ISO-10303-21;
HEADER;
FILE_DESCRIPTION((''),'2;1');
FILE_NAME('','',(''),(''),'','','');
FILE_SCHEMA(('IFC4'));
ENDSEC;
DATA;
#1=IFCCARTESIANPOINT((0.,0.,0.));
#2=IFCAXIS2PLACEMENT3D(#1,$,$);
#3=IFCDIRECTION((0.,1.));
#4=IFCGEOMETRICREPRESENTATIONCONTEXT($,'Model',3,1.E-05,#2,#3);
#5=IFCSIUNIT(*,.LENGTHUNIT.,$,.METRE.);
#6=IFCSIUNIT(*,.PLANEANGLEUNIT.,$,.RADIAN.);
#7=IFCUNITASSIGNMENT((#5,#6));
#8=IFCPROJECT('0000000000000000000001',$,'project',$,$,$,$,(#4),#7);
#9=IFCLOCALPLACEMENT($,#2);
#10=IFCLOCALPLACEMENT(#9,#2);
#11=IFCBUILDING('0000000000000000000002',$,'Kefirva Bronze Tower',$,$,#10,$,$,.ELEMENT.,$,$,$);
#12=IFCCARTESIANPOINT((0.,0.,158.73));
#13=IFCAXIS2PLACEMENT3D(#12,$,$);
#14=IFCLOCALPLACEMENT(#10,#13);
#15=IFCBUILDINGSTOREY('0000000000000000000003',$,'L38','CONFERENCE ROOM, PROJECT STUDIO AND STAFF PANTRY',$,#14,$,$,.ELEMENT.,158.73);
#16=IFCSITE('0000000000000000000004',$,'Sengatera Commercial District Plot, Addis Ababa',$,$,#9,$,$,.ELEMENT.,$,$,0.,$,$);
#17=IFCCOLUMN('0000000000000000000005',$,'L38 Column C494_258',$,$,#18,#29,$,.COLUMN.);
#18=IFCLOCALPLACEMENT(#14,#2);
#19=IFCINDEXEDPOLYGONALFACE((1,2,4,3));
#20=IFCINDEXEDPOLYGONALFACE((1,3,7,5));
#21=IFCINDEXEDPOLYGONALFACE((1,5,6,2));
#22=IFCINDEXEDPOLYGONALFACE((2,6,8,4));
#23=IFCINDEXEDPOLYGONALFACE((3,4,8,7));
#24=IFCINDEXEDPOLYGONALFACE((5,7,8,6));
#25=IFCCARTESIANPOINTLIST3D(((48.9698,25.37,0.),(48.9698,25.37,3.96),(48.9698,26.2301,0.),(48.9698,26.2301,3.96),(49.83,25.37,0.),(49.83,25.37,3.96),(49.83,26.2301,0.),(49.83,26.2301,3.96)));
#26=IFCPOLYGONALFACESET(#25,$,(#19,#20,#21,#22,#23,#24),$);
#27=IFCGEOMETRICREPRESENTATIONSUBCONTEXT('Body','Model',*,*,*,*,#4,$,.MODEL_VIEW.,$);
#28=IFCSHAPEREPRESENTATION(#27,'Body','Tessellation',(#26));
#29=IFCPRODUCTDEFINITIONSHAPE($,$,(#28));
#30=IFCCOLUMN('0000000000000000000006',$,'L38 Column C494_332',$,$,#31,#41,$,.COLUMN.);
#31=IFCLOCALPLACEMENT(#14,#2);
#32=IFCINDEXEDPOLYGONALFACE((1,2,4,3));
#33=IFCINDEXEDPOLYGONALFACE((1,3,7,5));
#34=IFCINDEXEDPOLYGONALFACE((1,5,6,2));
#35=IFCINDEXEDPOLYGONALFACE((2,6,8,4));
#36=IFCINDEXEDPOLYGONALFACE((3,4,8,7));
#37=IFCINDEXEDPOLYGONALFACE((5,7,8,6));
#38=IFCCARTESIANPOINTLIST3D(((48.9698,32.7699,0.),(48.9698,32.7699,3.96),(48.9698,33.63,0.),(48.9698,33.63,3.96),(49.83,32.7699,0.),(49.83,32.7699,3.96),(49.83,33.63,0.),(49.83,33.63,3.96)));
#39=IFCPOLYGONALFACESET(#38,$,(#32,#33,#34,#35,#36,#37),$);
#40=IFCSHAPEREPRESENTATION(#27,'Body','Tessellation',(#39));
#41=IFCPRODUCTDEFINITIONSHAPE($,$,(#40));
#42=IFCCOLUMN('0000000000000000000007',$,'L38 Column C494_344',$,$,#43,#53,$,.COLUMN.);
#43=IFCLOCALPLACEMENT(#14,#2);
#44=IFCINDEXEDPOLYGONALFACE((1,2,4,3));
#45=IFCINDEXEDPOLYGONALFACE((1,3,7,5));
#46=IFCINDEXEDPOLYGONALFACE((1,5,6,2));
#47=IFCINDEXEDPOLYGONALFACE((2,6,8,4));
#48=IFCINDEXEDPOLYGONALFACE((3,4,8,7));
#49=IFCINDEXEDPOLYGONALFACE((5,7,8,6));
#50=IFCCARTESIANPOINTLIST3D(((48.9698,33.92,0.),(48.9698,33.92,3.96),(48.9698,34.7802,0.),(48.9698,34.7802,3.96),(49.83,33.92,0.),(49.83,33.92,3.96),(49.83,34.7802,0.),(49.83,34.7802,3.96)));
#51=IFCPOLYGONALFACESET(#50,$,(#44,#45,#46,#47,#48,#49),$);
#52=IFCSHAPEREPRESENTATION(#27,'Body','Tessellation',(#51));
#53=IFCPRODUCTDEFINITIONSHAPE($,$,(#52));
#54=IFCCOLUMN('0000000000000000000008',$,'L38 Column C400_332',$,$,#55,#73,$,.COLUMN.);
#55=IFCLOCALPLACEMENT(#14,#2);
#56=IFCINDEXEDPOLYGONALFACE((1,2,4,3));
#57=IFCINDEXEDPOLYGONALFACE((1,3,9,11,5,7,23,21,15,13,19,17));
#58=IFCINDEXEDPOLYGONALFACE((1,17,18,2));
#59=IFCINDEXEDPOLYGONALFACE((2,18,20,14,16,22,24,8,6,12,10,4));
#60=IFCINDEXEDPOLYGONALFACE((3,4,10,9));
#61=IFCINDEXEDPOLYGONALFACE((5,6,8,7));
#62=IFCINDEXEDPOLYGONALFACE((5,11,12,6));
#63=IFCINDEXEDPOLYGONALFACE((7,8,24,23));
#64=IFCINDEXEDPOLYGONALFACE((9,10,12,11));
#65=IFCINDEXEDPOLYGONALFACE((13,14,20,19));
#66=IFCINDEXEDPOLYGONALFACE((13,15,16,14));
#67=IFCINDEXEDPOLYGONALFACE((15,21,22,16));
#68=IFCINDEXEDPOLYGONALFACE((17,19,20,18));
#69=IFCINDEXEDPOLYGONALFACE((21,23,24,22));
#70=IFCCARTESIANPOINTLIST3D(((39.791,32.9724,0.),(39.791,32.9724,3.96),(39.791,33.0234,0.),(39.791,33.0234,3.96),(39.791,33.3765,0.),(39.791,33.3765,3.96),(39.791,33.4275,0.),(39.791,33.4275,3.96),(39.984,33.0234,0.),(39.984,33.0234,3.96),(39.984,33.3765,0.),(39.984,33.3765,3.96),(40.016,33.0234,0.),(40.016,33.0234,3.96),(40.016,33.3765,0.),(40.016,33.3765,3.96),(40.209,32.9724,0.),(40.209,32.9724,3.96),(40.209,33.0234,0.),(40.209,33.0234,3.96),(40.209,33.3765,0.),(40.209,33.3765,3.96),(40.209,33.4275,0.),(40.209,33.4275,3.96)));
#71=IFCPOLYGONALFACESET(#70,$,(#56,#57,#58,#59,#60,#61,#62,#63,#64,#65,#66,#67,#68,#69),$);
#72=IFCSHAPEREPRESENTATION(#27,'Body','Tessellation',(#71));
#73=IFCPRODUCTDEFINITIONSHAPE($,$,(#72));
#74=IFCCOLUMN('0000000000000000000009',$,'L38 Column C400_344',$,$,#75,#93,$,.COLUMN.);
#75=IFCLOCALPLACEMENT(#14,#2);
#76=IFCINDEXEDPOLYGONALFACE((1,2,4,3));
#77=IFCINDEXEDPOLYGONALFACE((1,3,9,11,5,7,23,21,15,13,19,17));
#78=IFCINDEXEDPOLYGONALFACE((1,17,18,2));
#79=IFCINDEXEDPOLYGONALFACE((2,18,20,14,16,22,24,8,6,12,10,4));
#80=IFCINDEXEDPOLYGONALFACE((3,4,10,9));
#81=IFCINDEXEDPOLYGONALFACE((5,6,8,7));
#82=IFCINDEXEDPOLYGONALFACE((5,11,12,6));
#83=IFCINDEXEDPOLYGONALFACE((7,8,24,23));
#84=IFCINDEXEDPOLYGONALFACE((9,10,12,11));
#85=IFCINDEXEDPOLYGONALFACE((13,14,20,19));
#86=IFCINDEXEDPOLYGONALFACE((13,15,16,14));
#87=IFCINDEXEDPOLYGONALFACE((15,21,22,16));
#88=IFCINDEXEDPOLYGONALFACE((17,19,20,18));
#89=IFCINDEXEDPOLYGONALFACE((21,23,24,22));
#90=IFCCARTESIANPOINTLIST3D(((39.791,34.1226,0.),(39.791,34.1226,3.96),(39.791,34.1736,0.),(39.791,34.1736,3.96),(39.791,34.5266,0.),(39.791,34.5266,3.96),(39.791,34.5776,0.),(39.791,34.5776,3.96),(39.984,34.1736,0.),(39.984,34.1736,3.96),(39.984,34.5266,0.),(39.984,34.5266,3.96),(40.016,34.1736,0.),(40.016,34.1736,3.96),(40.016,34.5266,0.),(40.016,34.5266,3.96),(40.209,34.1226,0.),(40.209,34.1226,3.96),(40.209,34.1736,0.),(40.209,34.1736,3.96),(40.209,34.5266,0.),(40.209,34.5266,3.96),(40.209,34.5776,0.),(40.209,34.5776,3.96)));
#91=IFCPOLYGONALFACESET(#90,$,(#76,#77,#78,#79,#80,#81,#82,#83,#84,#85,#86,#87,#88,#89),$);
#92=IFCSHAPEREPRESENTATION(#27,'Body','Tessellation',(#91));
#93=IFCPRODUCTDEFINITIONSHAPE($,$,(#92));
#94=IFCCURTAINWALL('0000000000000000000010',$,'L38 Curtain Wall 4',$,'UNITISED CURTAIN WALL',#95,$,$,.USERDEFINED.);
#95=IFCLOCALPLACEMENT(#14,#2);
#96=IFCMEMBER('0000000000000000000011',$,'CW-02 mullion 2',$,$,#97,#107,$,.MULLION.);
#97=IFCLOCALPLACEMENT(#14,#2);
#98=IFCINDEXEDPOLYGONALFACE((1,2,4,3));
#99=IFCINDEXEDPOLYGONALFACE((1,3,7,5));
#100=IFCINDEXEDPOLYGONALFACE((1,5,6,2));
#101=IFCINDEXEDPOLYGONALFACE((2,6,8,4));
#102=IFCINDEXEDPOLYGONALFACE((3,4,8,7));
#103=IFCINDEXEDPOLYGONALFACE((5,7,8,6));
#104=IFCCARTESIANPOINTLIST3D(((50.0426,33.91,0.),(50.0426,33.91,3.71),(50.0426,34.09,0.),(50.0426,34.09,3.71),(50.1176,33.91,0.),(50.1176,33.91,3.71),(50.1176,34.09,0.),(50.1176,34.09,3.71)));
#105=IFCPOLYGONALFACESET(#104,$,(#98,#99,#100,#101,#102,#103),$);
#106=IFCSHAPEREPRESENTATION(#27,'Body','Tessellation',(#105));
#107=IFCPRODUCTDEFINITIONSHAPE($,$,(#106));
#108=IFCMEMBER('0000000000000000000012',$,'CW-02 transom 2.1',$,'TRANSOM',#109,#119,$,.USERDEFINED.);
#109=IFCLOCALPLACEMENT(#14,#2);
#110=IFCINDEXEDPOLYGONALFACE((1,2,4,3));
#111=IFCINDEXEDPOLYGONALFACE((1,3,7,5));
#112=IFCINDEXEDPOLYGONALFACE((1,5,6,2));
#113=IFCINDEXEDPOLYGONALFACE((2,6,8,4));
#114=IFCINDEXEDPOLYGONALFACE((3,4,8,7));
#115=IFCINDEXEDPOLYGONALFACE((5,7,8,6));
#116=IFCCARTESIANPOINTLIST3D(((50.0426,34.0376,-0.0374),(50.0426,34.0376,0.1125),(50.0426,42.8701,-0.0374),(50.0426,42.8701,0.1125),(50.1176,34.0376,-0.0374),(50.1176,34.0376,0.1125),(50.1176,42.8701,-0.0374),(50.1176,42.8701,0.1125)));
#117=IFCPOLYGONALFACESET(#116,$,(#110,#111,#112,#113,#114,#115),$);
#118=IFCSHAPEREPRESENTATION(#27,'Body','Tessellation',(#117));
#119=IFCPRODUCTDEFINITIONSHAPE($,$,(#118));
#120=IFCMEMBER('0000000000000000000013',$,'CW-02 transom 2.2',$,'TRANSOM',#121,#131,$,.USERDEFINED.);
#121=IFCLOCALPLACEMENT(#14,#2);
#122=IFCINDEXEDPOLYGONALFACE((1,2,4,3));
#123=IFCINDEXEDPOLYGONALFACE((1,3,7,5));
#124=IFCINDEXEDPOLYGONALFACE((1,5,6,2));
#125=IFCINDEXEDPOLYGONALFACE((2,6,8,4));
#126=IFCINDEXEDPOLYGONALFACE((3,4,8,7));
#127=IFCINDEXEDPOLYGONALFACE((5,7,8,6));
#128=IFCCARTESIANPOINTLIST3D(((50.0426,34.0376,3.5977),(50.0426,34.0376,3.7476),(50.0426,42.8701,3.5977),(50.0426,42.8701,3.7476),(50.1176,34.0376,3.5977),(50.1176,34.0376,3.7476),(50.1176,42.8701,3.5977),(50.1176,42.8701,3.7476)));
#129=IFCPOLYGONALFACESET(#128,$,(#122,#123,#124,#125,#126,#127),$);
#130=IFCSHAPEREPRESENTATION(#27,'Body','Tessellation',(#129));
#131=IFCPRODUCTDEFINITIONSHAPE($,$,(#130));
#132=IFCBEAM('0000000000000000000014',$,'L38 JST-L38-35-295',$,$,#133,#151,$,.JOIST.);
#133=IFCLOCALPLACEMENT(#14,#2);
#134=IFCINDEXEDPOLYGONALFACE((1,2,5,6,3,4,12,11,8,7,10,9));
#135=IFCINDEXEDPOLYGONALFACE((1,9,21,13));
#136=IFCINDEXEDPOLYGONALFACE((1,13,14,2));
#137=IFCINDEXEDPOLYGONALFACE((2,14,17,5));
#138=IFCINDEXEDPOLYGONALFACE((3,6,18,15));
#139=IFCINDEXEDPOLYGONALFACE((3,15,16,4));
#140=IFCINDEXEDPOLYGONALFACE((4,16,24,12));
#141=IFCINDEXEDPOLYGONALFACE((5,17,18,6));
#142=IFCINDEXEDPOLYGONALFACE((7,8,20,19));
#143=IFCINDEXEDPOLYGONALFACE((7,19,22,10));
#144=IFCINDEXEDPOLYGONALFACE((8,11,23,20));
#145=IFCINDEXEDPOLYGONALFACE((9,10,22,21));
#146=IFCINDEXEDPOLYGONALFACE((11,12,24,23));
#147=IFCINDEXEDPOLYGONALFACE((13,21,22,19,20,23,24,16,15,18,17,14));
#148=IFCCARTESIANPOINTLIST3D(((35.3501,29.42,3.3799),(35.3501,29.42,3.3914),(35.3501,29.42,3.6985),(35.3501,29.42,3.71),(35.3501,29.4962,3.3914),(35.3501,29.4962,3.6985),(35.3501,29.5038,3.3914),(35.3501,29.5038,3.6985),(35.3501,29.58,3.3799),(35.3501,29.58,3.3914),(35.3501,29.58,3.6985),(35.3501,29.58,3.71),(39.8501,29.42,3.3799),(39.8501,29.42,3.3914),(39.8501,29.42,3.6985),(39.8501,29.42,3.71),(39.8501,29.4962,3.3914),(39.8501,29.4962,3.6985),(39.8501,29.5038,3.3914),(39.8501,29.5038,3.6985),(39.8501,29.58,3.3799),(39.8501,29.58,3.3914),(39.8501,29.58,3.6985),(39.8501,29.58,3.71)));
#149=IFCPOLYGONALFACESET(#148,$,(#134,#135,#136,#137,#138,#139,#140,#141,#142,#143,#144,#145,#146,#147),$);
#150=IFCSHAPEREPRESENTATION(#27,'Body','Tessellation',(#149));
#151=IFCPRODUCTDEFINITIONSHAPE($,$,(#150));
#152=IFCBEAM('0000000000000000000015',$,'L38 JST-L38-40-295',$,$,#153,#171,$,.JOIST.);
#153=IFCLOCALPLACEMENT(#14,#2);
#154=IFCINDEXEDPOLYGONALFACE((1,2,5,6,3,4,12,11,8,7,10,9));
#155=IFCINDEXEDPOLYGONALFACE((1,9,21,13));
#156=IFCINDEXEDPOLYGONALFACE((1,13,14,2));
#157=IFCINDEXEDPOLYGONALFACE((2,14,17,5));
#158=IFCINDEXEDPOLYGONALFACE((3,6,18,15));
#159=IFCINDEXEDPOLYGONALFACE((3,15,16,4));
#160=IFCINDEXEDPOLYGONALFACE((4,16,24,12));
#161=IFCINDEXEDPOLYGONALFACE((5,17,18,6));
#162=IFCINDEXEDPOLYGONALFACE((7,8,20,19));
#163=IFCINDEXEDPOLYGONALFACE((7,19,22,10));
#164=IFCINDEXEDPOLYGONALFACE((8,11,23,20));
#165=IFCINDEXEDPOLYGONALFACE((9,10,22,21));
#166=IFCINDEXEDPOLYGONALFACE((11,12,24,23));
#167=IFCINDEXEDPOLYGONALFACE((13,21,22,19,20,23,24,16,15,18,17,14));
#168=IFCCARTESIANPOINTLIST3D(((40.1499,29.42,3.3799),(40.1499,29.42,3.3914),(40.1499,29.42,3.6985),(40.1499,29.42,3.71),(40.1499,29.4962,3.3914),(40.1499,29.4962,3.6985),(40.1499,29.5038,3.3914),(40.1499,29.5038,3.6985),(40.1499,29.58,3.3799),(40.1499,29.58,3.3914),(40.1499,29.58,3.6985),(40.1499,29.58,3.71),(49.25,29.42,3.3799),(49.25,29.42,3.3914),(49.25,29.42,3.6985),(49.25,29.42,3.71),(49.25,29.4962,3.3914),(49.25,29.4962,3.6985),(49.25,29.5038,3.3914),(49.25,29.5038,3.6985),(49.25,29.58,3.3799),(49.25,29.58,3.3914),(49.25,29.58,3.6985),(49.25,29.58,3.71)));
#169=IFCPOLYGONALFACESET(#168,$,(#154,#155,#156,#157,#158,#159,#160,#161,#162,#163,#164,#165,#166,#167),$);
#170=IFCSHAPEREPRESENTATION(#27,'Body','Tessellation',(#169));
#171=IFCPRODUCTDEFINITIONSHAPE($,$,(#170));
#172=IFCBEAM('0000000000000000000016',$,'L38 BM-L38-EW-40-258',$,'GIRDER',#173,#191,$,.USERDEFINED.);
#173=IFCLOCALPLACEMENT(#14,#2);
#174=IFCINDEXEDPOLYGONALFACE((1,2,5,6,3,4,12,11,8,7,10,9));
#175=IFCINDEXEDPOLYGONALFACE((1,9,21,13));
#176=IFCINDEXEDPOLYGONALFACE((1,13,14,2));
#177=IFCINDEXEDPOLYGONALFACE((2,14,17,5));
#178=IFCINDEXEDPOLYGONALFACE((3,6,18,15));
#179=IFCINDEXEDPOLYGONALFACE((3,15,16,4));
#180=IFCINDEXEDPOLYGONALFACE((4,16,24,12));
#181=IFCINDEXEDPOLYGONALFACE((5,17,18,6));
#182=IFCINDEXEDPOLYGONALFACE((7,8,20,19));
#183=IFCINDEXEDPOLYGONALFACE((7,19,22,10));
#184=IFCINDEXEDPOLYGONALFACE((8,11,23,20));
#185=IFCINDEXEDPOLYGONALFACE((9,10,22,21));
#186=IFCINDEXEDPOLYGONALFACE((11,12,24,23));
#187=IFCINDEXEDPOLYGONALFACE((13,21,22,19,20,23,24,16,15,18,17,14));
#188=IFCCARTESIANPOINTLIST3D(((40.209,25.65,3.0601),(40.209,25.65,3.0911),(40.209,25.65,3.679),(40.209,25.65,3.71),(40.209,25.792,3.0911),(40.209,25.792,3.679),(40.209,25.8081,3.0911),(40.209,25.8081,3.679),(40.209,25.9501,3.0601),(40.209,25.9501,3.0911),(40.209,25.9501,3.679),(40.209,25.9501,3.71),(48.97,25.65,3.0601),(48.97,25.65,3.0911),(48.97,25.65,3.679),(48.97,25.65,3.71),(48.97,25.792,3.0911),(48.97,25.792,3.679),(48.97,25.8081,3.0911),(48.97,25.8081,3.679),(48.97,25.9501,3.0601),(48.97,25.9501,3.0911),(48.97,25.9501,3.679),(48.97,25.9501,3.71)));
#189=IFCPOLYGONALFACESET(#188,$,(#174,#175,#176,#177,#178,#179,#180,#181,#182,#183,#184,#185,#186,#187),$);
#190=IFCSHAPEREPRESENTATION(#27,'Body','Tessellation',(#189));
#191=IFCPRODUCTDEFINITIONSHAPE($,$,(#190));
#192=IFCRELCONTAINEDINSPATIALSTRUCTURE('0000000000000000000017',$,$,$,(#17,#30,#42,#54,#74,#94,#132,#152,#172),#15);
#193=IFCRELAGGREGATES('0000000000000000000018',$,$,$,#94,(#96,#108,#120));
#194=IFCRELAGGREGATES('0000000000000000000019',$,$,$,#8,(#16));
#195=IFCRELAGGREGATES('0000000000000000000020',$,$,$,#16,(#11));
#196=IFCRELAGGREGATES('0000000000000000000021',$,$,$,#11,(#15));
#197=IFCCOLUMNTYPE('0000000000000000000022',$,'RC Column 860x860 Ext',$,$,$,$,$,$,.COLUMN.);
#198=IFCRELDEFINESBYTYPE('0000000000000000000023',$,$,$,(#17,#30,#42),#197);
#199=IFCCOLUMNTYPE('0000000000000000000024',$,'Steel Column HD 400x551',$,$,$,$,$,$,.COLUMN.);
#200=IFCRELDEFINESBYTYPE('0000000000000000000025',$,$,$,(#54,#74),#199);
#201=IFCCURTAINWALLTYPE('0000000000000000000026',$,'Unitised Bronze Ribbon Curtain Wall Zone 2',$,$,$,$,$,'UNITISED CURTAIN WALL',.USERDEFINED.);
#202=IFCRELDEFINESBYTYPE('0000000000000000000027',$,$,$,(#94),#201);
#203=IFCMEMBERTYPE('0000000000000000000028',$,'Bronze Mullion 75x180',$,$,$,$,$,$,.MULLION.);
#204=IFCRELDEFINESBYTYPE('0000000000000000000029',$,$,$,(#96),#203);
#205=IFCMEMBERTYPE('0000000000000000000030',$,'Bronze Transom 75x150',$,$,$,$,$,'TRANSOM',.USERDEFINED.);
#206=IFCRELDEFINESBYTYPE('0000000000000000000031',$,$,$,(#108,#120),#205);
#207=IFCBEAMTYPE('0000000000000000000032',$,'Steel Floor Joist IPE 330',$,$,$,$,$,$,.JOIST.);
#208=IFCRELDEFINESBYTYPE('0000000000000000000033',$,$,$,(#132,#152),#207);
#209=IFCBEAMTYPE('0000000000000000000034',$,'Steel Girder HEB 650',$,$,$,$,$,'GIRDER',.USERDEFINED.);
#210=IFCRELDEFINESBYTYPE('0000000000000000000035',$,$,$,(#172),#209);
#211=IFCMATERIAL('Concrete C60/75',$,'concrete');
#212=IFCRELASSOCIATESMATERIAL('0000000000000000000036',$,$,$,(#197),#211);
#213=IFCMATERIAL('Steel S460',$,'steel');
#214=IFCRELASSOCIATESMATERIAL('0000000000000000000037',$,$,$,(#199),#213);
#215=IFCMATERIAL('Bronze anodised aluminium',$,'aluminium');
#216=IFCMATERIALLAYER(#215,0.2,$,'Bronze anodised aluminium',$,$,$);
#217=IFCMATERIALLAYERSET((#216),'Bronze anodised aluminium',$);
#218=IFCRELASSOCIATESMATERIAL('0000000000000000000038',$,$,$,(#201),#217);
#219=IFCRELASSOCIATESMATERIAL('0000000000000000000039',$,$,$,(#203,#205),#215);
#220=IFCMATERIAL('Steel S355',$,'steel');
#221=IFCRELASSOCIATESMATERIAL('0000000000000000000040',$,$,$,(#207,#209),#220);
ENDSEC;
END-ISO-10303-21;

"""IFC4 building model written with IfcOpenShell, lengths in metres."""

from ifc_helpers import new_model, si_unit, direction, frame, origin, origin_2d, place, context, subcontext, project, spatial, rectangle, i_section, extrude, material, layer, layer_set, material_profile, profile_set, type_object, element, aggregate, save


model = new_model("IFC4")

# Units and contexts
model_context = context("Model", 3, precision=1e-05, world=origin(), true_north=direction((0.0, 1.0)))
body_context = subcontext(model_context, "Body", "Model", "MODEL_VIEW")
ifc_project = project(units=[si_unit("LENGTHUNIT", "METRE"), si_unit("PLANEANGLEUNIT", "RADIAN")], contexts=[model_context])

# Site, building, storey
site_placement = place(None, origin())
site = spatial("IfcSite", under=ifc_project, at=site_placement, Name="Sengatera Commercial District Plot, Addis Ababa", CompositionType="ELEMENT", RefElevation=0.0)
building_placement = place(site_placement, origin())
building = spatial("IfcBuilding", under=site, at=building_placement, Name="Kefirva Bronze Tower", CompositionType="ELEMENT")
storey_placement = place(building_placement, frame((0.0, 0.0, 158.73)))
storey = spatial("IfcBuildingStorey", under=building, at=storey_placement, Name="L38", Description="CONFERENCE ROOM, PROJECT STUDIO AND STAFF PANTRY", CompositionType="ELEMENT", Elevation=158.73)

# Columns
ifc_material_1 = material(Name="Concrete C60/75", Category="concrete")
ifc_material_profile_1 = material_profile(ifc_material_1, rectangle(XDim=0.8601, YDim=0.8601, at=origin_2d()), Name="RC 860x860")
ifc_profile_set_1 = profile_set([ifc_material_profile_1], Name="Concrete C60/75")
column_type_1 = type_object("IfcColumnType", Name="RC Column 860x860 Ext", PredefinedType="COLUMN", material=ifc_profile_set_1)
for number, where, z_axis, x_axis, name in (
    (1, (49.3999, 25.8, 0.0), (0.0, 0.0, 1.0), (1.0, 0.0, 0.0), "L38 Column C494_258"),
    (2, (49.3999, 33.2, 0.0), (0.0, 0.0, 1.0), (1.0, 0.0, 0.0), "L38 Column C494_332"),
    (3, (49.3999, 34.3501, 0.0), (0.0, 0.0, 1.0), (1.0, 0.0, 0.0), "L38 Column C494_344"),
):
    element("IfcColumn", number, at=place(storey_placement, frame(where, z_axis=z_axis, x_axis=x_axis)), inside=storey, type_object=column_type_1, Name=name, PredefinedType="COLUMN", context=body_context, shape_type="SweptSolid", body=[
        extrude(rectangle(XDim=0.8601, YDim=0.8601, at=origin_2d()), origin(), (0.0, 0.0, 1.0), 3.96),
    ])
ifc_material_2 = material(Name="Steel S460", Category="steel")
ifc_material_profile_2 = material_profile(ifc_material_2, i_section(OverallWidth=0.418, OverallDepth=0.4551, WebThickness=0.032, FlangeThickness=0.051, at=origin_2d()), Name="HD 400x551")
ifc_profile_set_2 = profile_set([ifc_material_profile_2], Name="Steel S460")
column_type_2 = type_object("IfcColumnType", Name="Steel Column HD 400x551", PredefinedType="COLUMN", material=ifc_profile_set_2)
for number, where, z_axis, x_axis, name in (
    (4, (40.0, 33.2, 0.0), (0.0, 0.0, 1.0), (1.0, 0.0, 0.0), "L38 Column C400_332"),
    (5, (40.0, 34.3501, 0.0), (0.0, 0.0, 1.0), (1.0, 0.0, 0.0), "L38 Column C400_344"),
):
    element("IfcColumn", number, at=place(storey_placement, frame(where, z_axis=z_axis, x_axis=x_axis)), inside=storey, type_object=column_type_2, Name=name, PredefinedType="COLUMN", context=body_context, shape_type="SweptSolid", body=[
        extrude(i_section(OverallWidth=0.418, OverallDepth=0.4551, WebThickness=0.032, FlangeThickness=0.051, at=origin_2d()), origin(), (0.0, 0.0, 1.0), 3.96),
    ])

# Curtain wall, members
ifc_material_3 = material(Name="Bronze anodised aluminium", Category="aluminium")
ifc_layer_1 = layer(ifc_material_3, 0.2, Name="Bronze anodised aluminium")
ifc_layer_set_1 = layer_set([ifc_layer_1], Name="Bronze anodised aluminium")
curtain_wall_type = type_object("IfcCurtainWallType", Name="Unitised Bronze Ribbon Curtain Wall Zone 2", ElementType="UNITISED CURTAIN WALL", PredefinedType="USERDEFINED", material=ifc_layer_set_1)
curtain_wall_placement = place(storey_placement, origin())
curtain_wall = element("IfcCurtainWall", 6, at=curtain_wall_placement, inside=storey, type_object=curtain_wall_type, Name="L38 Curtain Wall 4", ObjectType="UNITISED CURTAIN WALL", PredefinedType="USERDEFINED")
ifc_material_profile_3 = material_profile(ifc_material_3, rectangle(XDim=0.075, YDim=0.1799, at=origin_2d()), Name="ALU 75x180")
ifc_profile_set_3 = profile_set([ifc_material_profile_3], Name="Bronze anodised aluminium")
member_type_1 = type_object("IfcMemberType", Name="Bronze Mullion 75x180", PredefinedType="MULLION", material=ifc_profile_set_3)
member_1_placement = place(storey_placement, frame((50.0801, 34.0, 0.0), z_axis=(0.0, 0.0, 1.0), x_axis=(-1.0, 0.0, 0.0)))
member_1 = element("IfcMember", 7, at=member_1_placement, type_object=member_type_1, Name="CW-02 mullion 2", PredefinedType="MULLION", context=body_context, shape_type="SweptSolid", body=[
    extrude(rectangle(XDim=0.075, YDim=0.1799, at=origin_2d()), origin(), (0.0, 0.0, 1.0), 3.71),
])
ifc_material_profile_4 = material_profile(ifc_material_3, rectangle(XDim=0.075, YDim=0.1499, at=origin_2d()), Name="ALU 75x150")
ifc_profile_set_4 = profile_set([ifc_material_profile_4], Name="Bronze anodised aluminium")
member_type_2 = type_object("IfcMemberType", Name="Bronze Transom 75x150", ElementType="TRANSOM", PredefinedType="USERDEFINED", material=ifc_profile_set_4)
member_2_placement = place(storey_placement, frame((50.0801, 34.0376, 0.0376), z_axis=(0.0, 1.0, 0.0), x_axis=(-1.0, 0.0, 0.0)))
member_2 = element("IfcMember", 8, at=member_2_placement, type_object=member_type_2, Name="CW-02 transom 2.1", ObjectType="TRANSOM", PredefinedType="USERDEFINED", context=body_context, shape_type="SweptSolid", body=[
    extrude(rectangle(XDim=0.075, YDim=0.1499, at=origin_2d()), origin(), (0.0, 0.0, 1.0), 8.8325),
])
member_3_placement = place(storey_placement, frame((50.0801, 34.0376, 3.6726), z_axis=(0.0, 1.0, 0.0), x_axis=(-1.0, 0.0, 0.0)))
member_3 = element("IfcMember", 9, at=member_3_placement, type_object=member_type_2, Name="CW-02 transom 2.2", ObjectType="TRANSOM", PredefinedType="USERDEFINED", context=body_context, shape_type="SweptSolid", body=[
    extrude(rectangle(XDim=0.075, YDim=0.1499, at=origin_2d()), origin(), (0.0, 0.0, 1.0), 8.8325),
])

# Beams
ifc_material_4 = material(Name="Steel S355", Category="steel")
ifc_material_profile_5 = material_profile(ifc_material_4, i_section(OverallWidth=0.1599, OverallDepth=0.3301, WebThickness=0.0076, FlangeThickness=0.0115, at=origin_2d()), Name="IPE 330")
ifc_profile_set_5 = profile_set([ifc_material_profile_5], Name="Steel S355")
beam_type_1 = type_object("IfcBeamType", Name="Steel Floor Joist IPE 330", PredefinedType="JOIST", material=ifc_profile_set_5)
beam_1_placement = place(storey_placement, frame((35.3501, 29.5, 3.5449), z_axis=(1.0, 0.0, 0.0), x_axis=(0.0, 1.0, 0.0)))
element("IfcBeam", 10, at=beam_1_placement, inside=storey, type_object=beam_type_1, Name="L38 JST-L38-35-295", PredefinedType="JOIST", context=body_context, shape_type="SweptSolid", body=[
    extrude(i_section(OverallWidth=0.1599, OverallDepth=0.3301, WebThickness=0.0076, FlangeThickness=0.0115, at=origin_2d()), origin(), (0.0, 0.0, 1.0), 4.5),
])
beam_2_placement = place(storey_placement, frame((40.1499, 29.5, 3.5449), z_axis=(1.0, 0.0, 0.0), x_axis=(0.0, 1.0, 0.0)))
element("IfcBeam", 11, at=beam_2_placement, inside=storey, type_object=beam_type_1, Name="L38 JST-L38-40-295", PredefinedType="JOIST", context=body_context, shape_type="SweptSolid", body=[
    extrude(i_section(OverallWidth=0.1599, OverallDepth=0.3301, WebThickness=0.0076, FlangeThickness=0.0115, at=origin_2d()), origin(), (0.0, 0.0, 1.0), 9.1001),
])
ifc_material_profile_6 = material_profile(ifc_material_4, i_section(OverallWidth=0.3, OverallDepth=0.6499, WebThickness=0.0161, FlangeThickness=0.031, at=origin_2d()), Name="HEB 650")
ifc_profile_set_6 = profile_set([ifc_material_profile_6], Name="Steel S355")
beam_type_2 = type_object("IfcBeamType", Name="Steel Girder HEB 650", ElementType="GIRDER", PredefinedType="USERDEFINED", material=ifc_profile_set_6)
beam_3_placement = place(storey_placement, frame((40.209, 25.8, 3.385), z_axis=(1.0, 0.0, 0.0), x_axis=(0.0, 1.0, 0.0)))
element("IfcBeam", 12, at=beam_3_placement, inside=storey, type_object=beam_type_2, Name="L38 BM-L38-EW-40-258", ObjectType="GIRDER", PredefinedType="USERDEFINED", context=body_context, shape_type="SweptSolid", body=[
    extrude(i_section(OverallWidth=0.3, OverallDepth=0.6499, WebThickness=0.0161, FlangeThickness=0.031, at=origin_2d()), origin(), (0.0, 0.0, 1.0), 8.761),
])

aggregate(curtain_wall, [member_1, member_2, member_3])

save(model, "model.ifc")
